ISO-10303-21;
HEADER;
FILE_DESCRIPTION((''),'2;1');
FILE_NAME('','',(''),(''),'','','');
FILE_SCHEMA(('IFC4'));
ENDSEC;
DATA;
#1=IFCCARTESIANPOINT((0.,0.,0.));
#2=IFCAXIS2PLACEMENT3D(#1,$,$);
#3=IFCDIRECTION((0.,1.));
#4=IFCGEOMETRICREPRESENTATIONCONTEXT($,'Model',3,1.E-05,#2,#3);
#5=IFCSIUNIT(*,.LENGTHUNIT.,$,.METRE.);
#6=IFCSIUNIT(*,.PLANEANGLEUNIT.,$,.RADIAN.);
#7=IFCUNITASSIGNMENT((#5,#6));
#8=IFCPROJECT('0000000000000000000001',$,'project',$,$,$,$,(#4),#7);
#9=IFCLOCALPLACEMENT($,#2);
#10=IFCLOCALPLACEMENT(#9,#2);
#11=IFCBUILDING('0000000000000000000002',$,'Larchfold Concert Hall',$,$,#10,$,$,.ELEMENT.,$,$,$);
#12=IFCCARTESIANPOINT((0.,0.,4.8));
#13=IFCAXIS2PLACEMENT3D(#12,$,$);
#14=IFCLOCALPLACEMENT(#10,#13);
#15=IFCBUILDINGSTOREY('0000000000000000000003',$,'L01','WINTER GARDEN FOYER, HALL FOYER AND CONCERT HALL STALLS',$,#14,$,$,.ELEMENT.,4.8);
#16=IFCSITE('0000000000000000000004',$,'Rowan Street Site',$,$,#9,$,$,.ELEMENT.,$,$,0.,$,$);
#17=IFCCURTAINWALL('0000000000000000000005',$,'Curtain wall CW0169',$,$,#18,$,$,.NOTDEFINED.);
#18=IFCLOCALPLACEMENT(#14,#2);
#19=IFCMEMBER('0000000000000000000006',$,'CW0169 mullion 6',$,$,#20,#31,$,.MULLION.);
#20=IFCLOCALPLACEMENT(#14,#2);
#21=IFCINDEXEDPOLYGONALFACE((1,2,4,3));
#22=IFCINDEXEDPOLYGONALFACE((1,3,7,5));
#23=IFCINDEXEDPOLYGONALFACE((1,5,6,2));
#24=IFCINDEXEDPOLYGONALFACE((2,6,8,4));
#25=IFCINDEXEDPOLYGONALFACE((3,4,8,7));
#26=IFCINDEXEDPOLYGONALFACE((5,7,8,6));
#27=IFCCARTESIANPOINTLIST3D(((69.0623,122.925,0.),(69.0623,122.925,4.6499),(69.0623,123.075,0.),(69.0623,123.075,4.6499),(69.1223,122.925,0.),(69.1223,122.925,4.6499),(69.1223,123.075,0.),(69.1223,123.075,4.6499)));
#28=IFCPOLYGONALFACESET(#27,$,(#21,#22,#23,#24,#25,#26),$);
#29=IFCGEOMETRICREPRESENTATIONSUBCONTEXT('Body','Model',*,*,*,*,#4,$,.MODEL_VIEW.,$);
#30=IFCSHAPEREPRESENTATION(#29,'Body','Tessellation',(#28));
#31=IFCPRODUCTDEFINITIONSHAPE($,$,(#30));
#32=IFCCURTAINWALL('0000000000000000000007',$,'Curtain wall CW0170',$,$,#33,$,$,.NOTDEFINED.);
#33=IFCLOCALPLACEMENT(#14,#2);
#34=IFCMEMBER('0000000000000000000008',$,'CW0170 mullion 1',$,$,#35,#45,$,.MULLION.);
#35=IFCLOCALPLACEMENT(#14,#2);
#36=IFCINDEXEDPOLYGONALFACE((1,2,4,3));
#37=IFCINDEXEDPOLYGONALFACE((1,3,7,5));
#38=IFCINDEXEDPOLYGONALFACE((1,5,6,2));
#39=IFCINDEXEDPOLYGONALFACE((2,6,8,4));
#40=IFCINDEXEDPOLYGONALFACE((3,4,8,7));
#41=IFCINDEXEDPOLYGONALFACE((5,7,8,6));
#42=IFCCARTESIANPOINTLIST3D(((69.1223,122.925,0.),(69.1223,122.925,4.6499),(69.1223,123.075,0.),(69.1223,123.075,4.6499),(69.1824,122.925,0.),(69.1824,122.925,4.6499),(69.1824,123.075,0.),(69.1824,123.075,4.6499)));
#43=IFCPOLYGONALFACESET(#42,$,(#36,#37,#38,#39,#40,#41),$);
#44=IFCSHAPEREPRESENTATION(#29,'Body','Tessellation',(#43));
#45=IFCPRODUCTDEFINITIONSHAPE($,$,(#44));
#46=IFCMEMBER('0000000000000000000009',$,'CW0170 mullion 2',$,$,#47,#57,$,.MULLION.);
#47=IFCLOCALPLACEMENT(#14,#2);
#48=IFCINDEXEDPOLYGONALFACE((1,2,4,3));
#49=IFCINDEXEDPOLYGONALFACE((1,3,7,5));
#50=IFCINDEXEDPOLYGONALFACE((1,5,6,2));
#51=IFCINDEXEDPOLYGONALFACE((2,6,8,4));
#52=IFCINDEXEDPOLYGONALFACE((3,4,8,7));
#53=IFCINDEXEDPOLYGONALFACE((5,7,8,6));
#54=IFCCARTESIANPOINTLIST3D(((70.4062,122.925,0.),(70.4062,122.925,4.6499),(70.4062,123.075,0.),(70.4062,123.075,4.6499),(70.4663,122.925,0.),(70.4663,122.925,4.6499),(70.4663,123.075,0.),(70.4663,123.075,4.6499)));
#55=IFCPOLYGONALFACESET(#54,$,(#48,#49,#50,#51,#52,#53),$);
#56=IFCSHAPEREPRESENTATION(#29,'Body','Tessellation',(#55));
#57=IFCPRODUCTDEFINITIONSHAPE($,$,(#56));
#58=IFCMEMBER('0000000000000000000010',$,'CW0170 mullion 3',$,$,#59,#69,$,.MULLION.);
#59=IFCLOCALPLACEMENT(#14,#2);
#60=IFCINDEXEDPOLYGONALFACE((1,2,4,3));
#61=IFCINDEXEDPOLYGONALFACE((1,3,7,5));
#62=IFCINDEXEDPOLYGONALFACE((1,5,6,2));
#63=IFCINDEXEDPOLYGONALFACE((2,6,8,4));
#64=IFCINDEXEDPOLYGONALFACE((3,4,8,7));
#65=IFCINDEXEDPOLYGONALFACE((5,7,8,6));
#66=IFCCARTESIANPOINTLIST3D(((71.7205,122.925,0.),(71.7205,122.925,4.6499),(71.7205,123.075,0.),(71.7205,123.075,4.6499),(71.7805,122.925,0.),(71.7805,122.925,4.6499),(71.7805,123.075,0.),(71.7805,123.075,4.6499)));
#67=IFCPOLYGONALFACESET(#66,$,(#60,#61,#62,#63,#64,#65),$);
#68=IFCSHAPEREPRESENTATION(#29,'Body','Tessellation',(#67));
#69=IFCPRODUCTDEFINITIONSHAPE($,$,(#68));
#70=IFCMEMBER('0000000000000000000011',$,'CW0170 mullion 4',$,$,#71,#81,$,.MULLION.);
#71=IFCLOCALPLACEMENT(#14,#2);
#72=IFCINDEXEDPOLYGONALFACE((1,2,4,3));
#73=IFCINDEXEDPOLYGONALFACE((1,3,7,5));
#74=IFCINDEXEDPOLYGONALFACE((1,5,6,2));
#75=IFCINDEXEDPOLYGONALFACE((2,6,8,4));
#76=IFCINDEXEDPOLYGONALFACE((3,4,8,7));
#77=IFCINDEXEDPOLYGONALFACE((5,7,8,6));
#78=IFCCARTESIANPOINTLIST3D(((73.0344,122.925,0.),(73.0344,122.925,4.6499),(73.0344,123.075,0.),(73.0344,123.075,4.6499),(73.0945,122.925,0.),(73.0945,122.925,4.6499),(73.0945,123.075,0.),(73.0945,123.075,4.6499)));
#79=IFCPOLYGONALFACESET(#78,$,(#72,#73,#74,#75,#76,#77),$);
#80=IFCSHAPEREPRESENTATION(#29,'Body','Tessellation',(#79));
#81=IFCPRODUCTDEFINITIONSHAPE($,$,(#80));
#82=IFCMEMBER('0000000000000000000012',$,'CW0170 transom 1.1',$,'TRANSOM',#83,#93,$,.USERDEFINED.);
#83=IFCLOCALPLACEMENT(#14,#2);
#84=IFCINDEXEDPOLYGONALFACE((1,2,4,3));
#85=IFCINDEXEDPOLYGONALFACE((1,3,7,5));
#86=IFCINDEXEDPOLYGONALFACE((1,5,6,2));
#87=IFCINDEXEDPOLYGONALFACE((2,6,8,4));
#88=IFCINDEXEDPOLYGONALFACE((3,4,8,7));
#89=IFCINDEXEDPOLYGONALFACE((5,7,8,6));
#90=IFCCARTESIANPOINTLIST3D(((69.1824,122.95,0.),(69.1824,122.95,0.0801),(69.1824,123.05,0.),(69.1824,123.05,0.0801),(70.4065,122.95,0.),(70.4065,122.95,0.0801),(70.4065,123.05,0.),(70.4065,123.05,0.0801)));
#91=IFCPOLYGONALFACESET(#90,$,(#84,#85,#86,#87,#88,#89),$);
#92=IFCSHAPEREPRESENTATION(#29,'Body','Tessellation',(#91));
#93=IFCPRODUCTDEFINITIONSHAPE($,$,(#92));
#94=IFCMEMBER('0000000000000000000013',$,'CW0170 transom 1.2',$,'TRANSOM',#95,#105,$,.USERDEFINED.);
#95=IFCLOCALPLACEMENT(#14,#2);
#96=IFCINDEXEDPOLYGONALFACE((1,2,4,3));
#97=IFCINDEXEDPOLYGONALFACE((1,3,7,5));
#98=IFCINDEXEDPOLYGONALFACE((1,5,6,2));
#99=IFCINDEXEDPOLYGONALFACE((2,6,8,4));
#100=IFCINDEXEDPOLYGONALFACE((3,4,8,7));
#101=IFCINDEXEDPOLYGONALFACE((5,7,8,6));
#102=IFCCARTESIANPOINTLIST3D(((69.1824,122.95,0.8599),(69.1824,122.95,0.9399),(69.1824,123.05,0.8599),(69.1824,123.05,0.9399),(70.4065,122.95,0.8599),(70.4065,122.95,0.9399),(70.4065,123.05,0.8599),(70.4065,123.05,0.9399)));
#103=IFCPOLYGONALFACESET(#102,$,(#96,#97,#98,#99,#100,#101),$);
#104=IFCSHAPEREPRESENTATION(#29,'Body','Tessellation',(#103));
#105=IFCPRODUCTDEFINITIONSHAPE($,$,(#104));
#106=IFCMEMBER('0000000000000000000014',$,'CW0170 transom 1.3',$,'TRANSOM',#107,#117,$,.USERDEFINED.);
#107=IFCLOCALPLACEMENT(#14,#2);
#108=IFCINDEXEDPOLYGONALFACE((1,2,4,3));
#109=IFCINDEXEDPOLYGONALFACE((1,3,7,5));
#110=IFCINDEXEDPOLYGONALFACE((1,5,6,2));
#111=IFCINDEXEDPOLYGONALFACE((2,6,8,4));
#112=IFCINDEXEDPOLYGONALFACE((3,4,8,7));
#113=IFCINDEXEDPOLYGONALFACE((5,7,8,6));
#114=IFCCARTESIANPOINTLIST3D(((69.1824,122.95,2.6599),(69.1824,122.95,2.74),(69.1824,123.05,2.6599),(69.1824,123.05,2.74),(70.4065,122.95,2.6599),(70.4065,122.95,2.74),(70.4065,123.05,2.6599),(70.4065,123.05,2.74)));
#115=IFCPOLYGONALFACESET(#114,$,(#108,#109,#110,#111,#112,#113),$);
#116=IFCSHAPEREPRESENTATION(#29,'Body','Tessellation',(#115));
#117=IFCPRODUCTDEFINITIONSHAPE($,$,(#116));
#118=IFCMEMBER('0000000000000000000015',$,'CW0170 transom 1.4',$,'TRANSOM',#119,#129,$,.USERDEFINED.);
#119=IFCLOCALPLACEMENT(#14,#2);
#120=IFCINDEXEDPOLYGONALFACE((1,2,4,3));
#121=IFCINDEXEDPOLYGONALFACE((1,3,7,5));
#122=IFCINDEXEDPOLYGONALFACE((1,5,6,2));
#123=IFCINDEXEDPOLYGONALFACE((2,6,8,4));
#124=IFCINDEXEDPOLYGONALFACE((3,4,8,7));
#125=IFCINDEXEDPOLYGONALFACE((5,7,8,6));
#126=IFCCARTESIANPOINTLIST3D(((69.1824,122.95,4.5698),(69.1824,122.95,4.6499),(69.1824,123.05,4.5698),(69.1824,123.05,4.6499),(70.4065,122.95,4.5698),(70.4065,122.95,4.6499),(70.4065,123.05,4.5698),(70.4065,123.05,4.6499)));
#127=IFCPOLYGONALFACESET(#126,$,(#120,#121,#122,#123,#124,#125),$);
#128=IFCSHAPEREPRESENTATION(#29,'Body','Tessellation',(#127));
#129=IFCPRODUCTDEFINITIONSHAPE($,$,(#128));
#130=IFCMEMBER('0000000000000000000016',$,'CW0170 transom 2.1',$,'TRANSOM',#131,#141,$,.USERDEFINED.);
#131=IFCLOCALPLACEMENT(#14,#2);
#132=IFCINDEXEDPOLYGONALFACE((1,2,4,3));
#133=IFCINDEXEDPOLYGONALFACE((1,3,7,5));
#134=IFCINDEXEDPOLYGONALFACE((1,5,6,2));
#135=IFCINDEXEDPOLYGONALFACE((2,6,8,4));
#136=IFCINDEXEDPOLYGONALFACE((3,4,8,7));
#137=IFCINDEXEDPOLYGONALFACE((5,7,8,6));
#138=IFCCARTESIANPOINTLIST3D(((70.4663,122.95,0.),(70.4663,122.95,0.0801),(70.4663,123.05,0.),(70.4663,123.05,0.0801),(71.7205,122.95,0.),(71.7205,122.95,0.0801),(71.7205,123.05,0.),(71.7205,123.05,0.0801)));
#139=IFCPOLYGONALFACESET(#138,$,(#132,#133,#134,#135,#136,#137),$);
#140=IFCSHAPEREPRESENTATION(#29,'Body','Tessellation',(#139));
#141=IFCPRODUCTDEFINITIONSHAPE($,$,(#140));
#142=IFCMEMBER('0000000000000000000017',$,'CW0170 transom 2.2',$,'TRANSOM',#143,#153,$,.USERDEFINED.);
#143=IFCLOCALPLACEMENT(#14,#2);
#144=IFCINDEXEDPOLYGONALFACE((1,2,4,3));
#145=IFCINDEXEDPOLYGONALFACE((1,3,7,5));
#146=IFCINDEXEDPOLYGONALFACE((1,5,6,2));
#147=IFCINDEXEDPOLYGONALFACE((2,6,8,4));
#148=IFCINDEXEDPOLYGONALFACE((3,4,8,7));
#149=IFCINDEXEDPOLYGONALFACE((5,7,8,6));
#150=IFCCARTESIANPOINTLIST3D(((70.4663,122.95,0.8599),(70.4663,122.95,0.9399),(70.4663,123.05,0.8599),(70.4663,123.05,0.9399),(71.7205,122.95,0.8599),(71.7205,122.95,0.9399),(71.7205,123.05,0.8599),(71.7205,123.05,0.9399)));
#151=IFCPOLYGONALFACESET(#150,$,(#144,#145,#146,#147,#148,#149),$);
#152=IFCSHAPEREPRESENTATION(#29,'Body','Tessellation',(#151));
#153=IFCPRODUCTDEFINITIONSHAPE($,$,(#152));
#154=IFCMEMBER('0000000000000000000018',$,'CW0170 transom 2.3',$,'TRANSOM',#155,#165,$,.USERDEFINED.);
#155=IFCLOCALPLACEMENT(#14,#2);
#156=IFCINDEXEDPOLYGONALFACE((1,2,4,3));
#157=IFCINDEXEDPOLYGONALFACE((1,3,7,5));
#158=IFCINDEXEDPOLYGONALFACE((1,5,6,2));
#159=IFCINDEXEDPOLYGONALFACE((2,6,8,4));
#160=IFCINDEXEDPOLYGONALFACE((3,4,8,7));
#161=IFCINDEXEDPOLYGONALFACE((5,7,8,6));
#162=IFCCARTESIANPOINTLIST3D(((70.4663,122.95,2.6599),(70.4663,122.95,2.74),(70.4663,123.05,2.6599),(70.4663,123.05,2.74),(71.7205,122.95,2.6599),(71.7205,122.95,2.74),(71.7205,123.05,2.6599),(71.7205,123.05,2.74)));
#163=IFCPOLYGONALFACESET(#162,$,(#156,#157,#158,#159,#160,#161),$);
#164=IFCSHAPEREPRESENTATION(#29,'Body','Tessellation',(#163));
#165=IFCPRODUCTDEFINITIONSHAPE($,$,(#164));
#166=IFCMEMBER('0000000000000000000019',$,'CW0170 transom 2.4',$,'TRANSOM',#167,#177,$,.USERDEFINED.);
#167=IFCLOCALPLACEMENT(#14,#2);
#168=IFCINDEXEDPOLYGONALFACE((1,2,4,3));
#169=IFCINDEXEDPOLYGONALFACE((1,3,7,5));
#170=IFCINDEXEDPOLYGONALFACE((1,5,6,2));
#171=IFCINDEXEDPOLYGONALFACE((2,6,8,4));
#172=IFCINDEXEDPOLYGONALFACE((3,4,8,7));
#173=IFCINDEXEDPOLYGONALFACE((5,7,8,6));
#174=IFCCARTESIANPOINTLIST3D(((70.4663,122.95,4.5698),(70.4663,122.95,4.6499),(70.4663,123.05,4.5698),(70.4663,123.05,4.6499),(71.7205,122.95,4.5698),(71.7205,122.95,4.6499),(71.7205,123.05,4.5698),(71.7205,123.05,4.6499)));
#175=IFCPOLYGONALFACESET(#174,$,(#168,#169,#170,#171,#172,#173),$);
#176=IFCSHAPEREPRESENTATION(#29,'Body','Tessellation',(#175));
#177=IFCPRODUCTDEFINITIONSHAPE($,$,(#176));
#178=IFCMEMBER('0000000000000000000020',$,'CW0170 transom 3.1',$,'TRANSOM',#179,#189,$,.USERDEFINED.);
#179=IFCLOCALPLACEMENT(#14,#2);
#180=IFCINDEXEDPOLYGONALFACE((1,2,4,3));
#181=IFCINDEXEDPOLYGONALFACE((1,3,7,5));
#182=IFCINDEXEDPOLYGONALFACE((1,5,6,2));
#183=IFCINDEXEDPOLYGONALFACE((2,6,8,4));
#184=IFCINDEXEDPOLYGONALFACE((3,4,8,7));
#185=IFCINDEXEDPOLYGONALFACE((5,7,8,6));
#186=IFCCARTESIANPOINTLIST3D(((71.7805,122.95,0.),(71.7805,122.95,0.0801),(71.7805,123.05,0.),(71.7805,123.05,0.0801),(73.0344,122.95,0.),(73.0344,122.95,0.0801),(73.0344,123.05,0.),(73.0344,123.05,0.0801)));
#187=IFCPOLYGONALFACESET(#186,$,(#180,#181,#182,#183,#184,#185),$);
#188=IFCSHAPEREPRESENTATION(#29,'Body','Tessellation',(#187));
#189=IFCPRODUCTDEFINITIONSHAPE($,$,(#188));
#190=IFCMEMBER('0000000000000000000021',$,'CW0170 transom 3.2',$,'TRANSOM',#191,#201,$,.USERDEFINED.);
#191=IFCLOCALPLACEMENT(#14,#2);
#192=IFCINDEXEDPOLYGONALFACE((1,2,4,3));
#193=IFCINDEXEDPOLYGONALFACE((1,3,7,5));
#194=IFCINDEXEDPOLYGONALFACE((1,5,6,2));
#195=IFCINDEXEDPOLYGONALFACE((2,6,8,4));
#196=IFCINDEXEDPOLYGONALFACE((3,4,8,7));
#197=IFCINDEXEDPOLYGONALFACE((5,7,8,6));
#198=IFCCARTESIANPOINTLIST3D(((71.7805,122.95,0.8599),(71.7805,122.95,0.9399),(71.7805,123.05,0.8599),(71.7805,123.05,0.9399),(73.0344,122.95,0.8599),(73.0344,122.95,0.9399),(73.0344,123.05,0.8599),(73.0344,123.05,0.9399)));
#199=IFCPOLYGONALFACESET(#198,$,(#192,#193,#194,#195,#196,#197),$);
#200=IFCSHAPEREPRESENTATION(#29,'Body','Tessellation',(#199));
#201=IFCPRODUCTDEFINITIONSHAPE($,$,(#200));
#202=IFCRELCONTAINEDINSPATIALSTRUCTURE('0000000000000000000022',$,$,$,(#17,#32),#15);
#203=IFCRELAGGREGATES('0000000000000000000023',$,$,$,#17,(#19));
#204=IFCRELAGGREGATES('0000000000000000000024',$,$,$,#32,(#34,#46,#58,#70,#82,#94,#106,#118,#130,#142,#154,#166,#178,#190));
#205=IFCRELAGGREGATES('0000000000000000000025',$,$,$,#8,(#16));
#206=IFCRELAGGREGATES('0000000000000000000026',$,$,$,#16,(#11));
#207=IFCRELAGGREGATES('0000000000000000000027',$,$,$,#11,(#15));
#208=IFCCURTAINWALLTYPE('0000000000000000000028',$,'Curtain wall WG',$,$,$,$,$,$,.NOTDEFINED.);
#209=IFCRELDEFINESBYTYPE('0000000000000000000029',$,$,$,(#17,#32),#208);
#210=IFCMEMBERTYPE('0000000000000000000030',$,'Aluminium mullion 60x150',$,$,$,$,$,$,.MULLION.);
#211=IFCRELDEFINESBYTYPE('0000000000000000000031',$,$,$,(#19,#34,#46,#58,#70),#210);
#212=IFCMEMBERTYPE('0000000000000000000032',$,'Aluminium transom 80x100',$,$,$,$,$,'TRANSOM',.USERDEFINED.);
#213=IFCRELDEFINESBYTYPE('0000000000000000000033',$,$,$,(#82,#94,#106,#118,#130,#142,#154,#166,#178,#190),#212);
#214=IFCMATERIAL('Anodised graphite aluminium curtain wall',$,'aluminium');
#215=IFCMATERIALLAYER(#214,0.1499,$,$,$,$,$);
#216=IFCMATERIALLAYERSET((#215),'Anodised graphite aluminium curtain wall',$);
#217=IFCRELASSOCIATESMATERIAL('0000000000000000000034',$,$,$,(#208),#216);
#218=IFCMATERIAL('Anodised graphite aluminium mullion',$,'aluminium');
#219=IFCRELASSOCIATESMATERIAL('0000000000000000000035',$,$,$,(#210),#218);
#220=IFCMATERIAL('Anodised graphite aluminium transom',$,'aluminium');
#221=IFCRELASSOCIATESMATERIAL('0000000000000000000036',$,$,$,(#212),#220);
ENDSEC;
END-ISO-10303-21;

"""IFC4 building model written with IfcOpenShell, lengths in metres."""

from ifc_helpers import new_model, si_unit, direction, frame, origin, origin_2d, place, context, subcontext, project, spatial, rectangle, extrude, material, layer, layer_set, material_profile, profile_set, type_object, element, aggregate, save


model = new_model("IFC4")

# Units and contexts
model_context = context("Model", 3, precision=1e-05, world=origin(), true_north=direction((0.0, 1.0)))
body_context = subcontext(model_context, "Body", "Model", "MODEL_VIEW")
ifc_project = project(units=[si_unit("LENGTHUNIT", "METRE"), si_unit("PLANEANGLEUNIT", "RADIAN")], contexts=[model_context])

# Site, building, storey
site_placement = place(None, origin())
site = spatial("IfcSite", under=ifc_project, at=site_placement, Name="Rowan Street Site", CompositionType="ELEMENT", RefElevation=0.0)
building_placement = place(site_placement, origin())
building = spatial("IfcBuilding", under=site, at=building_placement, Name="Larchfold Concert Hall", CompositionType="ELEMENT")
storey_placement = place(building_placement, frame((0.0, 0.0, 4.8)))
storey = spatial("IfcBuildingStorey", under=building, at=storey_placement, Name="L01", Description="WINTER GARDEN FOYER, HALL FOYER AND CONCERT HALL STALLS", CompositionType="ELEMENT", Elevation=4.8)

# Curtain wall, member
ifc_material_1 = material(Name="Anodised graphite aluminium curtain wall", Category="aluminium")
ifc_layer_1 = layer(ifc_material_1, 0.1499)
ifc_layer_set_1 = layer_set([ifc_layer_1], Name="Anodised graphite aluminium curtain wall")
curtain_wall_type = type_object("IfcCurtainWallType", Name="Curtain wall WG", PredefinedType="NOTDEFINED", material=ifc_layer_set_1)
curtain_wall_1_placement = place(storey_placement, origin())
curtain_wall_1 = element("IfcCurtainWall", 1, at=curtain_wall_1_placement, inside=storey, type_object=curtain_wall_type, Name="Curtain wall CW0169", PredefinedType="NOTDEFINED")
ifc_material_2 = material(Name="Anodised graphite aluminium mullion", Category="aluminium")
ifc_material_profile_1 = material_profile(ifc_material_2, rectangle(XDim=0.1499, YDim=0.0601, at=origin_2d()))
ifc_profile_set_1 = profile_set([ifc_material_profile_1], Name="Anodised graphite aluminium mullion")
member_type_1 = type_object("IfcMemberType", Name="Aluminium mullion 60x150", PredefinedType="MULLION", material=ifc_profile_set_1)
member_1_placement = place(storey_placement, frame((69.0923, 123.0, 0.0), z_axis=(0.0, 0.0, 1.0), x_axis=(0.0, 1.0, 0.0)))
member_1 = element("IfcMember", 2, at=member_1_placement, type_object=member_type_1, Name="CW0169 mullion 6", PredefinedType="MULLION", context=body_context, shape_type="SweptSolid", body=[
    extrude(rectangle(XDim=0.1499, YDim=0.0601, at=origin_2d()), origin(), (0.0, 0.0, 1.0), 4.6499),
])

# Curtain wall, members
curtain_wall_2_placement = place(storey_placement, origin())
curtain_wall_2 = element("IfcCurtainWall", 3, at=curtain_wall_2_placement, inside=storey, type_object=curtain_wall_type, Name="Curtain wall CW0170", PredefinedType="NOTDEFINED")
member_2_placement = place(storey_placement, frame((69.1523, 123.0, 0.0), z_axis=(0.0, 0.0, 1.0), x_axis=(0.0, 1.0, 0.0)))
member_2 = element("IfcMember", 4, at=member_2_placement, type_object=member_type_1, Name="CW0170 mullion 1", PredefinedType="MULLION", context=body_context, shape_type="SweptSolid", body=[
    extrude(rectangle(XDim=0.1499, YDim=0.0601, at=origin_2d()), origin(), (0.0, 0.0, 1.0), 4.6499),
])
member_3_placement = place(storey_placement, frame((70.4363, 123.0, 0.0), z_axis=(0.0, 0.0, 1.0), x_axis=(0.0, 1.0, 0.0)))
member_3 = element("IfcMember", 5, at=member_3_placement, type_object=member_type_1, Name="CW0170 mullion 2", PredefinedType="MULLION", context=body_context, shape_type="SweptSolid", body=[
    extrude(rectangle(XDim=0.1499, YDim=0.0601, at=origin_2d()), origin(), (0.0, 0.0, 1.0), 4.6499),
])
member_4_placement = place(storey_placement, frame((71.7505, 123.0, 0.0), z_axis=(0.0, 0.0, 1.0), x_axis=(0.0, 1.0, 0.0)))
member_4 = element("IfcMember", 6, at=member_4_placement, type_object=member_type_1, Name="CW0170 mullion 3", PredefinedType="MULLION", context=body_context, shape_type="SweptSolid", body=[
    extrude(rectangle(XDim=0.1499, YDim=0.0601, at=origin_2d()), origin(), (0.0, 0.0, 1.0), 4.6499),
])
member_5_placement = place(storey_placement, frame((73.0645, 123.0, 0.0), z_axis=(0.0, 0.0, 1.0), x_axis=(0.0, 1.0, 0.0)))
member_5 = element("IfcMember", 7, at=member_5_placement, type_object=member_type_1, Name="CW0170 mullion 4", PredefinedType="MULLION", context=body_context, shape_type="SweptSolid", body=[
    extrude(rectangle(XDim=0.1499, YDim=0.0601, at=origin_2d()), origin(), (0.0, 0.0, 1.0), 4.6499),
])
ifc_material_3 = material(Name="Anodised graphite aluminium transom", Category="aluminium")
ifc_material_profile_2 = material_profile(ifc_material_3, rectangle(XDim=0.1001, YDim=0.0801, at=origin_2d()))
ifc_profile_set_2 = profile_set([ifc_material_profile_2], Name="Anodised graphite aluminium transom")
member_type_2 = type_object("IfcMemberType", Name="Aluminium transom 80x100", ElementType="TRANSOM", PredefinedType="USERDEFINED", material=ifc_profile_set_2)
member_6_placement = place(storey_placement, frame((69.1824, 123.0, 0.04), z_axis=(1.0, 0.0, 0.0), x_axis=(0.0, 1.0, 0.0)))
member_6 = element("IfcMember", 8, at=member_6_placement, type_object=member_type_2, Name="CW0170 transom 1.1", ObjectType="TRANSOM", PredefinedType="USERDEFINED", context=body_context, shape_type="SweptSolid", body=[
    extrude(rectangle(XDim=0.1001, YDim=0.0801, at=origin_2d()), origin(), (0.0, 0.0, 1.0), 1.2241),
])
member_7_placement = place(storey_placement, frame((69.1824, 123.0, 0.8999), z_axis=(1.0, 0.0, 0.0), x_axis=(0.0, 1.0, 0.0)))
member_7 = element("IfcMember", 9, at=member_7_placement, type_object=member_type_2, Name="CW0170 transom 1.2", ObjectType="TRANSOM", PredefinedType="USERDEFINED", context=body_context, shape_type="SweptSolid", body=[
    extrude(rectangle(XDim=0.1001, YDim=0.0801, at=origin_2d()), origin(), (0.0, 0.0, 1.0), 1.2241),
])
member_8_placement = place(storey_placement, frame((69.1824, 123.0, 2.7), z_axis=(1.0, 0.0, 0.0), x_axis=(0.0, 1.0, 0.0)))
member_8 = element("IfcMember", 10, at=member_8_placement, type_object=member_type_2, Name="CW0170 transom 1.3", ObjectType="TRANSOM", PredefinedType="USERDEFINED", context=body_context, shape_type="SweptSolid", body=[
    extrude(rectangle(XDim=0.1001, YDim=0.0801, at=origin_2d()), origin(), (0.0, 0.0, 1.0), 1.2241),
])
member_9_placement = place(storey_placement, frame((69.1824, 123.0, 4.6099), z_axis=(1.0, 0.0, 0.0), x_axis=(0.0, 1.0, 0.0)))
member_9 = element("IfcMember", 11, at=member_9_placement, type_object=member_type_2, Name="CW0170 transom 1.4", ObjectType="TRANSOM", PredefinedType="USERDEFINED", context=body_context, shape_type="SweptSolid", body=[
    extrude(rectangle(XDim=0.1001, YDim=0.0801, at=origin_2d()), origin(), (0.0, 0.0, 1.0), 1.2241),
])
member_10_placement = place(storey_placement, frame((70.4663, 123.0, 0.04), z_axis=(1.0, 0.0, 0.0), x_axis=(0.0, 1.0, 0.0)))
member_10 = element("IfcMember", 12, at=member_10_placement, type_object=member_type_2, Name="CW0170 transom 2.1", ObjectType="TRANSOM", PredefinedType="USERDEFINED", context=body_context, shape_type="SweptSolid", body=[
    extrude(rectangle(XDim=0.1001, YDim=0.0801, at=origin_2d()), origin(), (0.0, 0.0, 1.0), 1.2542),
])
member_11_placement = place(storey_placement, frame((70.4663, 123.0, 0.8999), z_axis=(1.0, 0.0, 0.0), x_axis=(0.0, 1.0, 0.0)))
member_11 = element("IfcMember", 13, at=member_11_placement, type_object=member_type_2, Name="CW0170 transom 2.2", ObjectType="TRANSOM", PredefinedType="USERDEFINED", context=body_context, shape_type="SweptSolid", body=[
    extrude(rectangle(XDim=0.1001, YDim=0.0801, at=origin_2d()), origin(), (0.0, 0.0, 1.0), 1.2542),
])
member_12_placement = place(storey_placement, frame((70.4663, 123.0, 2.7), z_axis=(1.0, 0.0, 0.0), x_axis=(0.0, 1.0, 0.0)))
member_12 = element("IfcMember", 14, at=member_12_placement, type_object=member_type_2, Name="CW0170 transom 2.3", ObjectType="TRANSOM", PredefinedType="USERDEFINED", context=body_context, shape_type="SweptSolid", body=[
    extrude(rectangle(XDim=0.1001, YDim=0.0801, at=origin_2d()), origin(), (0.0, 0.0, 1.0), 1.2542),
])
member_13_placement = place(storey_placement, frame((70.4663, 123.0, 4.6099), z_axis=(1.0, 0.0, 0.0), x_axis=(0.0, 1.0, 0.0)))
member_13 = element("IfcMember", 15, at=member_13_placement, type_object=member_type_2, Name="CW0170 transom 2.4", ObjectType="TRANSOM", PredefinedType="USERDEFINED", context=body_context, shape_type="SweptSolid", body=[
    extrude(rectangle(XDim=0.1001, YDim=0.0801, at=origin_2d()), origin(), (0.0, 0.0, 1.0), 1.2542),
])
member_14_placement = place(storey_placement, frame((71.7805, 123.0, 0.04), z_axis=(1.0, 0.0, 0.0), x_axis=(0.0, 1.0, 0.0)))
member_14 = element("IfcMember", 16, at=member_14_placement, type_object=member_type_2, Name="CW0170 transom 3.1", ObjectType="TRANSOM", PredefinedType="USERDEFINED", context=body_context, shape_type="SweptSolid", body=[
    extrude(rectangle(XDim=0.1001, YDim=0.0801, at=origin_2d()), origin(), (0.0, 0.0, 1.0), 1.2539),
])
member_15_placement = place(storey_placement, frame((71.7805, 123.0, 0.8999), z_axis=(1.0, 0.0, 0.0), x_axis=(0.0, 1.0, 0.0)))
member_15 = element("IfcMember", 17, at=member_15_placement, type_object=member_type_2, Name="CW0170 transom 3.2", ObjectType="TRANSOM", PredefinedType="USERDEFINED", context=body_context, shape_type="SweptSolid", body=[
    extrude(rectangle(XDim=0.1001, YDim=0.0801, at=origin_2d()), origin(), (0.0, 0.0, 1.0), 1.2539),
])

aggregate(curtain_wall_1, [member_1])
aggregate(curtain_wall_2, [member_2, member_3, member_4, member_5, member_6, member_7, member_8, member_9, member_10, member_11, member_12, member_13, member_14, member_15])

save(model, "model.ifc")
